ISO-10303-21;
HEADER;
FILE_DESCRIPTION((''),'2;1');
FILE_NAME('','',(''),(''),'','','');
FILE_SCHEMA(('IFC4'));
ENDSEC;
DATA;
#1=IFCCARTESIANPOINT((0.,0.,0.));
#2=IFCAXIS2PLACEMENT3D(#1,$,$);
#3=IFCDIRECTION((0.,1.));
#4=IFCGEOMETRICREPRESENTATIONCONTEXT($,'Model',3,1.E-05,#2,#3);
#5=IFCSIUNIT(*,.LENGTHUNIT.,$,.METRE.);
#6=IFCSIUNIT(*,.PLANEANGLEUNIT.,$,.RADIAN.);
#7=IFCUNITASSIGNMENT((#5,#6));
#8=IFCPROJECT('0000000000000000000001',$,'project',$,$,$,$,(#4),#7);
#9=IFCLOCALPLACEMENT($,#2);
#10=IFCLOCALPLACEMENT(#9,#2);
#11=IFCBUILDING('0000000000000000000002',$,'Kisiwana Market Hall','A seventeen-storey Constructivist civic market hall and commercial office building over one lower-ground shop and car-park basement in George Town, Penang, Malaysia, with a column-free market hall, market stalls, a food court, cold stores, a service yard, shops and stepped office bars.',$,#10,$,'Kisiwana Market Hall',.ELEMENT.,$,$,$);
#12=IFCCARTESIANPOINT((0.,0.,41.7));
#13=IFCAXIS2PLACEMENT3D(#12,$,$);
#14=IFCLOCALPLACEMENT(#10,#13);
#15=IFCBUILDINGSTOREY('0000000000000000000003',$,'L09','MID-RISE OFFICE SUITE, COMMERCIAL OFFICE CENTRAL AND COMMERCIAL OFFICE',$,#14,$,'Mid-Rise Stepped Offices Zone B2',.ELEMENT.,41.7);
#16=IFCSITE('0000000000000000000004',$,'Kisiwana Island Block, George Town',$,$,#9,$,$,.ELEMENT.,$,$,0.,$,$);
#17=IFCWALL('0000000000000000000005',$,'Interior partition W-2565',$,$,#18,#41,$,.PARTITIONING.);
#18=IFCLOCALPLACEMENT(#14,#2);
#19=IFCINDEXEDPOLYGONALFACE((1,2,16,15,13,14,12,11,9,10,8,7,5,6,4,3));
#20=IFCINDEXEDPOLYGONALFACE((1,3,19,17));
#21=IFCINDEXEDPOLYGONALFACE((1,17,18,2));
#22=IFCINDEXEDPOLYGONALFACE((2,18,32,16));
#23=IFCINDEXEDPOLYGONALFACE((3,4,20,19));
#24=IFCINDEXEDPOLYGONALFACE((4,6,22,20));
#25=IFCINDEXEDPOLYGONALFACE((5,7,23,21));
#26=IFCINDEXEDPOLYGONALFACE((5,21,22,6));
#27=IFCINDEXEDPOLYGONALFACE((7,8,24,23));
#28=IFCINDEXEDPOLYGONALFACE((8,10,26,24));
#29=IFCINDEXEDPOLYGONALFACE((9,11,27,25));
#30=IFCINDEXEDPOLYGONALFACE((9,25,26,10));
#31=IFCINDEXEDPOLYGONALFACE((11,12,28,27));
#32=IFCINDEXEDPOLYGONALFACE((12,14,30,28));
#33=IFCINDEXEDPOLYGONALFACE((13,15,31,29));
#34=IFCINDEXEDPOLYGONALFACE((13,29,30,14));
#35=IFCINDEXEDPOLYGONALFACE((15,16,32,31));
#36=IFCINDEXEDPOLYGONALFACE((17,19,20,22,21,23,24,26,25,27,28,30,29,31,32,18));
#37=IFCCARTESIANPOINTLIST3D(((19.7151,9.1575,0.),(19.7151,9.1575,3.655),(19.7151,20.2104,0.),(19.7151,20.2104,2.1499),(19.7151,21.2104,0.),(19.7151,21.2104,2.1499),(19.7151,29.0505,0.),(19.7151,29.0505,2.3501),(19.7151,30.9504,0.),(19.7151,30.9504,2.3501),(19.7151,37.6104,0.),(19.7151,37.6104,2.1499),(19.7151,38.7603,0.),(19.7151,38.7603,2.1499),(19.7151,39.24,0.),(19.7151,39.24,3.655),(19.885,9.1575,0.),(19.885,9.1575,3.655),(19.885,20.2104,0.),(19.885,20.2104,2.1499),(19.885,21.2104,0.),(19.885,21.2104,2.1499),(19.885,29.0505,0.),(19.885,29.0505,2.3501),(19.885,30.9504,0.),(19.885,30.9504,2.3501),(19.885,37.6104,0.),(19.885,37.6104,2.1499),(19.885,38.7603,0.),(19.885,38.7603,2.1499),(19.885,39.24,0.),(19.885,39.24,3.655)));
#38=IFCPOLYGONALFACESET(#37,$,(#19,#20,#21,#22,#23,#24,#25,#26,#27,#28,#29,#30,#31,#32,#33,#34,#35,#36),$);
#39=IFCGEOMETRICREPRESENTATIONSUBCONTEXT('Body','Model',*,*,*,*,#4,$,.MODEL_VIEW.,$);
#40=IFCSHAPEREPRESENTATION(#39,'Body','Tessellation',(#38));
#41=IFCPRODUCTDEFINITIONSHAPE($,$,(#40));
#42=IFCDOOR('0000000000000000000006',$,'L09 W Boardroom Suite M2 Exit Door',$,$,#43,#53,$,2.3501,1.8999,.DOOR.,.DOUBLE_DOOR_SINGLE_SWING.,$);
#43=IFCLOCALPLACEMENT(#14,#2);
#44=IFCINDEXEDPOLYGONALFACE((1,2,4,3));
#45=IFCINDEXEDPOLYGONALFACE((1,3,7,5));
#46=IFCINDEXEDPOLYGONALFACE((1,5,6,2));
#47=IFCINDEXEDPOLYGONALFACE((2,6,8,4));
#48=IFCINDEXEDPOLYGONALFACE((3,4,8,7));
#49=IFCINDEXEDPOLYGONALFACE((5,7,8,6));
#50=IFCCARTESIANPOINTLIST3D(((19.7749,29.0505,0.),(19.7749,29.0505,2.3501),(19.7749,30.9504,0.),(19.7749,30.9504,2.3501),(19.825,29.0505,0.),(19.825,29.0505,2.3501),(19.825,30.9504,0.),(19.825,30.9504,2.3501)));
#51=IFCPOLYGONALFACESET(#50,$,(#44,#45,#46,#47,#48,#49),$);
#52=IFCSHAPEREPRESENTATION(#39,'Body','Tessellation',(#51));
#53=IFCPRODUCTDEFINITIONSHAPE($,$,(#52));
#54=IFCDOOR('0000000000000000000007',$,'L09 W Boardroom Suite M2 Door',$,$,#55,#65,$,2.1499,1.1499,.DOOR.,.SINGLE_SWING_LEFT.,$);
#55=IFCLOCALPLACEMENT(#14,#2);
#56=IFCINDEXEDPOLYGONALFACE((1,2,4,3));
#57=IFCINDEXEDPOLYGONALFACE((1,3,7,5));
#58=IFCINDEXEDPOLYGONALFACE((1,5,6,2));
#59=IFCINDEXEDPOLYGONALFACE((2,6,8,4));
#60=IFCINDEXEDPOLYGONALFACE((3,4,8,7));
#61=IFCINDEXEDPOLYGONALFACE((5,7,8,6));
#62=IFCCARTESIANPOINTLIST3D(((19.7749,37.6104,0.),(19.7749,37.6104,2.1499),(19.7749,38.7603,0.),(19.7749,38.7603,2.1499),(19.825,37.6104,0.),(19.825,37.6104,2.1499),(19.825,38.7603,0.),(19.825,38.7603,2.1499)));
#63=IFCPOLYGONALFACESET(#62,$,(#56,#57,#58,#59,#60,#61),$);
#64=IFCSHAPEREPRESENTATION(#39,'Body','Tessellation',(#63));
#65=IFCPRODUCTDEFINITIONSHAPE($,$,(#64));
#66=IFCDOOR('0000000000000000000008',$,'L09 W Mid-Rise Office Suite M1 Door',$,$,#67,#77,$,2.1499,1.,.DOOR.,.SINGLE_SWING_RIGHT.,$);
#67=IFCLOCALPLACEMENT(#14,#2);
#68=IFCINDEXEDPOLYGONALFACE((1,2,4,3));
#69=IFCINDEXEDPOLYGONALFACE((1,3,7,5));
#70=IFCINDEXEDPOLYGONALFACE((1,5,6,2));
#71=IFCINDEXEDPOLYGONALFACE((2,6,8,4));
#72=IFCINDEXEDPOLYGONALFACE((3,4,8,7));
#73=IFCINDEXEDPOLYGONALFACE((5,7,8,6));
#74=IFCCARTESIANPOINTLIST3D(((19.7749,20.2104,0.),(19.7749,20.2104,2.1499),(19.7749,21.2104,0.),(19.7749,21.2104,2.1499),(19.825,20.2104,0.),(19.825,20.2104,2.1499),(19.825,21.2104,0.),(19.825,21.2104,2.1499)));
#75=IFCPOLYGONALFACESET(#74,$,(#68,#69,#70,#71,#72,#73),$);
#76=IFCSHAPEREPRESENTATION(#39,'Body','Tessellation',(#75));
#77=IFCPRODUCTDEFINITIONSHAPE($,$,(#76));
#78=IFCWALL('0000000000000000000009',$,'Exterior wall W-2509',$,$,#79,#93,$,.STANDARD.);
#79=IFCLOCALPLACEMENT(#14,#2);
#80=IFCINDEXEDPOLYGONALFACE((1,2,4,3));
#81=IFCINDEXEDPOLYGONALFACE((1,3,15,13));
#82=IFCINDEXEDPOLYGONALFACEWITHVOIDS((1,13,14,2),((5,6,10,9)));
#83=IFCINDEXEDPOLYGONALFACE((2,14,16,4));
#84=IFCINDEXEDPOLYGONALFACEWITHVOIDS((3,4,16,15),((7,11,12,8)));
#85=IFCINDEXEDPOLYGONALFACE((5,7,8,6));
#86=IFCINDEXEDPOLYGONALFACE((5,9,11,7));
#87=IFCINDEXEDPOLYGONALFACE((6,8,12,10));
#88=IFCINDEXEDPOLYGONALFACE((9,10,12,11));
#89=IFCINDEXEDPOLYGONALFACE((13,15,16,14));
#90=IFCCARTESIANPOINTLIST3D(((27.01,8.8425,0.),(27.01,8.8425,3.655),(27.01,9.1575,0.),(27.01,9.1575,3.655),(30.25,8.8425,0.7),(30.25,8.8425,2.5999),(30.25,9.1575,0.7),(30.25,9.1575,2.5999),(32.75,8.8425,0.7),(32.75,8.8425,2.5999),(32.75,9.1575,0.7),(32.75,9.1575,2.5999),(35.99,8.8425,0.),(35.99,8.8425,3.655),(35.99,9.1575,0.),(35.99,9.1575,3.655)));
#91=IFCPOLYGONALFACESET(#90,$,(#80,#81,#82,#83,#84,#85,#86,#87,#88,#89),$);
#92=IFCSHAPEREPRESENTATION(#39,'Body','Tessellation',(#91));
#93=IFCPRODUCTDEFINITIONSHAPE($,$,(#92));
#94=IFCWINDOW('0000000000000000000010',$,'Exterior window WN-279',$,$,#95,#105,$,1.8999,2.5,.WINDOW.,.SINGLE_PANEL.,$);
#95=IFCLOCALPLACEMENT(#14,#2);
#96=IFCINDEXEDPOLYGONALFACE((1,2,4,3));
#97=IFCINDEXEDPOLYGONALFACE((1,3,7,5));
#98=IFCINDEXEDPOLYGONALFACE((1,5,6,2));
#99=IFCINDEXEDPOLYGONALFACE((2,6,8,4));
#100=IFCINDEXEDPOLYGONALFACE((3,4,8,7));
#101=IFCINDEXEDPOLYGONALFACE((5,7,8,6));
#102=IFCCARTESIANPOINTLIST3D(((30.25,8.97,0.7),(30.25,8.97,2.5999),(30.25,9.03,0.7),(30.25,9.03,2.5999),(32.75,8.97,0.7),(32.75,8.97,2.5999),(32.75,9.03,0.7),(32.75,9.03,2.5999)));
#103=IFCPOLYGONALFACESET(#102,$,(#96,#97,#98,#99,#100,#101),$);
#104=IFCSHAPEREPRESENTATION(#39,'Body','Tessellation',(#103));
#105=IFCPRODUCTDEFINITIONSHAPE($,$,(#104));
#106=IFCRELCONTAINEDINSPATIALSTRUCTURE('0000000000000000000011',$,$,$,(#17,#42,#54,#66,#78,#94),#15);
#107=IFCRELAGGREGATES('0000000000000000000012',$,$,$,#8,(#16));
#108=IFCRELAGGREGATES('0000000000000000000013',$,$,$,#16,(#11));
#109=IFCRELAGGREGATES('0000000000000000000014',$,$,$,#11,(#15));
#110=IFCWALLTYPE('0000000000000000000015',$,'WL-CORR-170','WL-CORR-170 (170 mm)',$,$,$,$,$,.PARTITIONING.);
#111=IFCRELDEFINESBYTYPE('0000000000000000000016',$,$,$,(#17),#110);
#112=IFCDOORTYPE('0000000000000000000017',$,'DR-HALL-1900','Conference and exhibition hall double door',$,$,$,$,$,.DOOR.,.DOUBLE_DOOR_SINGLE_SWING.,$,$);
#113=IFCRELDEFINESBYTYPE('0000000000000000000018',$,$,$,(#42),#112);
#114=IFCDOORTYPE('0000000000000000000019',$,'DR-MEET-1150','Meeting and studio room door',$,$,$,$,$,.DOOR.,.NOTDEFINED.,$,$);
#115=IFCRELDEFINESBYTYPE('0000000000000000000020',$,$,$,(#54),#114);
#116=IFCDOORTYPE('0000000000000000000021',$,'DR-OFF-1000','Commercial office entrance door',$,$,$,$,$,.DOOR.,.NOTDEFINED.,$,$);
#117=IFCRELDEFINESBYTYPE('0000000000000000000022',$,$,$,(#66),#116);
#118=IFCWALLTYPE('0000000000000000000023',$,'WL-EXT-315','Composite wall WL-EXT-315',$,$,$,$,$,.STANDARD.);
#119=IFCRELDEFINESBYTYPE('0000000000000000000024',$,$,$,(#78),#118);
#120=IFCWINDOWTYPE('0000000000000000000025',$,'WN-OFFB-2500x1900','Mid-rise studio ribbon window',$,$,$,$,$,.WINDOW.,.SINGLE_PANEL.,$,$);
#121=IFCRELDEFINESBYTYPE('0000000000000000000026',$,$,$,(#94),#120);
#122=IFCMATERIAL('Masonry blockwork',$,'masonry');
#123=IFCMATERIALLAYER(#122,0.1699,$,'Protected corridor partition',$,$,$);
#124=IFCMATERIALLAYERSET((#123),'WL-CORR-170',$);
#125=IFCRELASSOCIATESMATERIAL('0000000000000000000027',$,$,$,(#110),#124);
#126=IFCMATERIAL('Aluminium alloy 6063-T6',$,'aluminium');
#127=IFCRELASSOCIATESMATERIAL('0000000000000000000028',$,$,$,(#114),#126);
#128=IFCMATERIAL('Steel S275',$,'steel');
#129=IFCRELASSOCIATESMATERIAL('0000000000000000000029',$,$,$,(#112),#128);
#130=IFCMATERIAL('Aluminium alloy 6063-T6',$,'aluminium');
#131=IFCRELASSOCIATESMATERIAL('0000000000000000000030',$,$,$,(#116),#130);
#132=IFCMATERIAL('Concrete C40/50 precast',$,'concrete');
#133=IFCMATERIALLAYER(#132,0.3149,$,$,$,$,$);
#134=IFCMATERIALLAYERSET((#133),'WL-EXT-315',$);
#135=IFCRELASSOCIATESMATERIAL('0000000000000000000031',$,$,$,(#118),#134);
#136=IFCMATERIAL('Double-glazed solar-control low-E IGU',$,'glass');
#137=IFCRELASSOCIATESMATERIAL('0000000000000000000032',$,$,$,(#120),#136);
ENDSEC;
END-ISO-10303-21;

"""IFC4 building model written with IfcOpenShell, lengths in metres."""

from ifc_helpers import new_model, si_unit, direction, frame, frame_2d, origin, place, context, subcontext, project, spatial, rectangle, extrude, material, layer, layer_set, type_object, element, fill, save


model = new_model("IFC4")

# Units and contexts
model_context = context("Model", 3, precision=1e-05, world=origin(), true_north=direction((0.0, 1.0)))
body_context = subcontext(model_context, "Body", "Model", "MODEL_VIEW")
ifc_project = project(units=[si_unit("LENGTHUNIT", "METRE"), si_unit("PLANEANGLEUNIT", "RADIAN")], contexts=[model_context])

# Site, building, storey
site_placement = place(None, origin())
site = spatial("IfcSite", under=ifc_project, at=site_placement, Name="Kisiwana Island Block, George Town", CompositionType="ELEMENT", RefElevation=0.0)
building_placement = place(site_placement, origin())
building = spatial("IfcBuilding", under=site, at=building_placement, Name="Kisiwana Market Hall", Description="A seventeen-storey Constructivist civic market hall and commercial office building over one lower-ground shop and car-park basement in George Town, Penang, Malaysia, with a column-free market hall, market stalls, a food court, cold stores, a service yard, shops and stepped office bars.", LongName="Kisiwana Market Hall", CompositionType="ELEMENT")
storey_placement = place(building_placement, frame((0.0, 0.0, 41.7)))
storey = spatial("IfcBuildingStorey", under=building, at=storey_placement, Name="L09", Description="MID-RISE OFFICE SUITE, COMMERCIAL OFFICE CENTRAL AND COMMERCIAL OFFICE", LongName="Mid-Rise Stepped Offices Zone B2", CompositionType="ELEMENT", Elevation=41.7)

# Shared definitions
ifc_material_1 = material(Name="Masonry blockwork", Category="masonry")
ifc_layer_1 = layer(ifc_material_1, 0.1699, Name="Protected corridor partition")
ifc_layer_set_1 = layer_set([ifc_layer_1], Name="WL-CORR-170")
wall_type_1 = type_object("IfcWallType", Name="WL-CORR-170", Description="WL-CORR-170 (170 mm)", PredefinedType="PARTITIONING", material=ifc_layer_set_1)
ifc_material_2 = material(Name="Aluminium alloy 6063-T6", Category="aluminium")
door_type_1 = type_object("IfcDoorType", Name="DR-MEET-1150", Description="Meeting and studio room door", OperationType="NOTDEFINED", PredefinedType="DOOR", material=ifc_material_2)

# Wall, openings, doors
wall_1_placement = place(storey_placement, frame((19.8, 9.1575, 0.0), z_axis=(0.0, 0.0, 1.0), x_axis=(0.0, 1.0, 0.0)))
wall_1 = element("IfcWall", 1, at=wall_1_placement, inside=storey, type_object=wall_type_1, Name="Interior partition W-2565", PredefinedType="PARTITIONING", context=body_context, shape_type="SweptSolid", body=[
    extrude(rectangle(XDim=30.0825, YDim=0.1699, at=frame_2d((15.0413, 0.0))), origin(), (0.0, 0.0, 1.0), 3.655),
])
opening_1_placement = place(wall_1_placement, frame((11.053, 0.0, 0.0)))
opening_1 = element("IfcOpeningElement", 2, at=opening_1_placement, cuts=wall_1, PredefinedType="OPENING", context=body_context, shape_type="SweptSolid", body=[
    extrude(rectangle(XDim=1.0, YDim=2.1499, at=frame_2d((0.5, 1.075))), frame((0.0, 0.0969, 0.0), z_axis=(0.0, -1.0, 0.0), x_axis=(1.0, 0.0, 0.0)), (0.0, 0.0, 1.0), 0.1938),
])
opening_2_placement = place(wall_1_placement, frame((28.4529, 0.0, 0.0)))
opening_2 = element("IfcOpeningElement", 3, at=opening_2_placement, cuts=wall_1, PredefinedType="OPENING", context=body_context, shape_type="SweptSolid", body=[
    extrude(rectangle(XDim=1.1499, YDim=2.1499, at=frame_2d((0.575, 1.075))), frame((0.0, 0.0969, 0.0), z_axis=(0.0, -1.0, 0.0), x_axis=(1.0, 0.0, 0.0)), (0.0, 0.0, 1.0), 0.1938),
])
opening_3_placement = place(wall_1_placement, frame((19.8931, 0.0, 0.0)))
opening_3 = element("IfcOpeningElement", 4, at=opening_3_placement, cuts=wall_1, PredefinedType="OPENING", context=body_context, shape_type="SweptSolid", body=[
    extrude(rectangle(XDim=1.8999, YDim=2.3501, at=frame_2d((0.95, 1.175))), frame((0.0, 0.0969, 0.0), z_axis=(0.0, -1.0, 0.0), x_axis=(1.0, 0.0, 0.0)), (0.0, 0.0, 1.0), 0.1938),
])
ifc_material_3 = material(Name="Steel S275", Category="steel")
door_type_2 = type_object("IfcDoorType", Name="DR-HALL-1900", Description="Conference and exhibition hall double door", OperationType="DOUBLE_DOOR_SINGLE_SWING", PredefinedType="DOOR", material=ifc_material_3)
door_1_placement = place(opening_3_placement, frame((1.8999, 0.0, 0.0), z_axis=(0.0, 0.0, 1.0), x_axis=(-1.0, 0.0, 0.0)))
door_1 = element("IfcDoor", 5, at=door_1_placement, inside=storey, type_object=door_type_2, Name="L09 W Boardroom Suite M2 Exit Door", OperationType="DOUBLE_DOOR_SINGLE_SWING", OverallHeight=2.3501, OverallWidth=1.8999, PredefinedType="DOOR", context=body_context, shape_type="SweptSolid", body=[
    extrude(rectangle(XDim=1.8999, YDim=2.3501, at=frame_2d((0.95, 1.175))), frame((0.0, 0.0249, 0.0), z_axis=(0.0, -1.0, 0.0), x_axis=(1.0, 0.0, 0.0)), (0.0, 0.0, 1.0), 0.05),
])
fill(opening_3, door_1)
door_2_placement = place(opening_2_placement, frame((1.1499, 0.0, 0.0), z_axis=(0.0, 0.0, 1.0), x_axis=(-1.0, 0.0, 0.0)))
door_2 = element("IfcDoor", 6, at=door_2_placement, inside=storey, type_object=door_type_1, Name="L09 W Boardroom Suite M2 Door", OperationType="SINGLE_SWING_LEFT", OverallHeight=2.1499, OverallWidth=1.1499, PredefinedType="DOOR", context=body_context, shape_type="SweptSolid", body=[
    extrude(rectangle(XDim=1.1499, YDim=2.1499, at=frame_2d((0.575, 1.075))), frame((0.0, 0.0249, 0.0), z_axis=(0.0, -1.0, 0.0), x_axis=(1.0, 0.0, 0.0)), (0.0, 0.0, 1.0), 0.05),
])
fill(opening_2, door_2)
ifc_material_4 = material(Name="Aluminium alloy 6063-T6", Category="aluminium")
door_type_3 = type_object("IfcDoorType", Name="DR-OFF-1000", Description="Commercial office entrance door", OperationType="NOTDEFINED", PredefinedType="DOOR", material=ifc_material_4)
door_3_placement = place(opening_1_placement, frame((1.0, 0.0, 0.0), z_axis=(0.0, 0.0, 1.0), x_axis=(-1.0, 0.0, 0.0)))
door_3 = element("IfcDoor", 7, at=door_3_placement, inside=storey, type_object=door_type_3, Name="L09 W Mid-Rise Office Suite M1 Door", OperationType="SINGLE_SWING_RIGHT", OverallHeight=2.1499, OverallWidth=1.0, PredefinedType="DOOR", context=body_context, shape_type="SweptSolid", body=[
    extrude(rectangle(XDim=1.0, YDim=2.1499, at=frame_2d((0.5, 1.075))), frame((0.0, 0.0249, 0.0), z_axis=(0.0, -1.0, 0.0), x_axis=(1.0, 0.0, 0.0)), (0.0, 0.0, 1.0), 0.05),
])
fill(opening_1, door_3)

# Wall, opening, window
ifc_material_5 = material(Name="Concrete C40/50 precast", Category="concrete")
ifc_layer_2 = layer(ifc_material_5, 0.3149)
ifc_layer_set_2 = layer_set([ifc_layer_2], Name="WL-EXT-315")
wall_type_2 = type_object("IfcWallType", Name="WL-EXT-315", Description="Composite wall WL-EXT-315", PredefinedType="STANDARD", material=ifc_layer_set_2)
wall_2_placement = place(storey_placement, frame((27.01, 9.0, 0.0), z_axis=(0.0, 0.0, 1.0), x_axis=(1.0, 0.0, 0.0)))
wall_2 = element("IfcWall", 8, at=wall_2_placement, inside=storey, type_object=wall_type_2, Name="Exterior wall W-2509", PredefinedType="STANDARD", context=body_context, shape_type="SweptSolid", body=[
    extrude(rectangle(XDim=8.98, YDim=0.3149, at=frame_2d((4.49, 0.0))), origin(), (0.0, 0.0, 1.0), 3.655),
])
opening_4_placement = place(wall_2_placement, frame((3.24, 0.0, 0.7)))
opening_4 = element("IfcOpeningElement", 9, at=opening_4_placement, cuts=wall_2, PredefinedType="OPENING", context=body_context, shape_type="SweptSolid", body=[
    extrude(rectangle(XDim=2.5, YDim=1.8999, at=frame_2d((1.25, 0.95))), frame((0.0, 0.1694, 0.0), z_axis=(0.0, -1.0, 0.0), x_axis=(1.0, 0.0, 0.0)), (0.0, 0.0, 1.0), 0.3389),
])
ifc_material_6 = material(Name="Double-glazed solar-control low-E IGU", Category="glass")
window_type = type_object("IfcWindowType", Name="WN-OFFB-2500x1900", Description="Mid-rise studio ribbon window", PartitioningType="SINGLE_PANEL", PredefinedType="WINDOW", material=ifc_material_6)
window_placement = place(opening_4_placement, origin())
window = element("IfcWindow", 10, at=window_placement, inside=storey, type_object=window_type, Name="Exterior window WN-279", OverallHeight=1.8999, OverallWidth=2.5, PartitioningType="SINGLE_PANEL", PredefinedType="WINDOW", context=body_context, shape_type="SweptSolid", body=[
    extrude(rectangle(XDim=2.5, YDim=1.8999, at=frame_2d((1.25, 0.95))), frame((0.0, 0.03, 0.0), z_axis=(0.0, -1.0, 0.0), x_axis=(1.0, 0.0, 0.0)), (0.0, 0.0, 1.0), 0.0601),
])
fill(opening_4, window)

save(model, "model.ifc")
